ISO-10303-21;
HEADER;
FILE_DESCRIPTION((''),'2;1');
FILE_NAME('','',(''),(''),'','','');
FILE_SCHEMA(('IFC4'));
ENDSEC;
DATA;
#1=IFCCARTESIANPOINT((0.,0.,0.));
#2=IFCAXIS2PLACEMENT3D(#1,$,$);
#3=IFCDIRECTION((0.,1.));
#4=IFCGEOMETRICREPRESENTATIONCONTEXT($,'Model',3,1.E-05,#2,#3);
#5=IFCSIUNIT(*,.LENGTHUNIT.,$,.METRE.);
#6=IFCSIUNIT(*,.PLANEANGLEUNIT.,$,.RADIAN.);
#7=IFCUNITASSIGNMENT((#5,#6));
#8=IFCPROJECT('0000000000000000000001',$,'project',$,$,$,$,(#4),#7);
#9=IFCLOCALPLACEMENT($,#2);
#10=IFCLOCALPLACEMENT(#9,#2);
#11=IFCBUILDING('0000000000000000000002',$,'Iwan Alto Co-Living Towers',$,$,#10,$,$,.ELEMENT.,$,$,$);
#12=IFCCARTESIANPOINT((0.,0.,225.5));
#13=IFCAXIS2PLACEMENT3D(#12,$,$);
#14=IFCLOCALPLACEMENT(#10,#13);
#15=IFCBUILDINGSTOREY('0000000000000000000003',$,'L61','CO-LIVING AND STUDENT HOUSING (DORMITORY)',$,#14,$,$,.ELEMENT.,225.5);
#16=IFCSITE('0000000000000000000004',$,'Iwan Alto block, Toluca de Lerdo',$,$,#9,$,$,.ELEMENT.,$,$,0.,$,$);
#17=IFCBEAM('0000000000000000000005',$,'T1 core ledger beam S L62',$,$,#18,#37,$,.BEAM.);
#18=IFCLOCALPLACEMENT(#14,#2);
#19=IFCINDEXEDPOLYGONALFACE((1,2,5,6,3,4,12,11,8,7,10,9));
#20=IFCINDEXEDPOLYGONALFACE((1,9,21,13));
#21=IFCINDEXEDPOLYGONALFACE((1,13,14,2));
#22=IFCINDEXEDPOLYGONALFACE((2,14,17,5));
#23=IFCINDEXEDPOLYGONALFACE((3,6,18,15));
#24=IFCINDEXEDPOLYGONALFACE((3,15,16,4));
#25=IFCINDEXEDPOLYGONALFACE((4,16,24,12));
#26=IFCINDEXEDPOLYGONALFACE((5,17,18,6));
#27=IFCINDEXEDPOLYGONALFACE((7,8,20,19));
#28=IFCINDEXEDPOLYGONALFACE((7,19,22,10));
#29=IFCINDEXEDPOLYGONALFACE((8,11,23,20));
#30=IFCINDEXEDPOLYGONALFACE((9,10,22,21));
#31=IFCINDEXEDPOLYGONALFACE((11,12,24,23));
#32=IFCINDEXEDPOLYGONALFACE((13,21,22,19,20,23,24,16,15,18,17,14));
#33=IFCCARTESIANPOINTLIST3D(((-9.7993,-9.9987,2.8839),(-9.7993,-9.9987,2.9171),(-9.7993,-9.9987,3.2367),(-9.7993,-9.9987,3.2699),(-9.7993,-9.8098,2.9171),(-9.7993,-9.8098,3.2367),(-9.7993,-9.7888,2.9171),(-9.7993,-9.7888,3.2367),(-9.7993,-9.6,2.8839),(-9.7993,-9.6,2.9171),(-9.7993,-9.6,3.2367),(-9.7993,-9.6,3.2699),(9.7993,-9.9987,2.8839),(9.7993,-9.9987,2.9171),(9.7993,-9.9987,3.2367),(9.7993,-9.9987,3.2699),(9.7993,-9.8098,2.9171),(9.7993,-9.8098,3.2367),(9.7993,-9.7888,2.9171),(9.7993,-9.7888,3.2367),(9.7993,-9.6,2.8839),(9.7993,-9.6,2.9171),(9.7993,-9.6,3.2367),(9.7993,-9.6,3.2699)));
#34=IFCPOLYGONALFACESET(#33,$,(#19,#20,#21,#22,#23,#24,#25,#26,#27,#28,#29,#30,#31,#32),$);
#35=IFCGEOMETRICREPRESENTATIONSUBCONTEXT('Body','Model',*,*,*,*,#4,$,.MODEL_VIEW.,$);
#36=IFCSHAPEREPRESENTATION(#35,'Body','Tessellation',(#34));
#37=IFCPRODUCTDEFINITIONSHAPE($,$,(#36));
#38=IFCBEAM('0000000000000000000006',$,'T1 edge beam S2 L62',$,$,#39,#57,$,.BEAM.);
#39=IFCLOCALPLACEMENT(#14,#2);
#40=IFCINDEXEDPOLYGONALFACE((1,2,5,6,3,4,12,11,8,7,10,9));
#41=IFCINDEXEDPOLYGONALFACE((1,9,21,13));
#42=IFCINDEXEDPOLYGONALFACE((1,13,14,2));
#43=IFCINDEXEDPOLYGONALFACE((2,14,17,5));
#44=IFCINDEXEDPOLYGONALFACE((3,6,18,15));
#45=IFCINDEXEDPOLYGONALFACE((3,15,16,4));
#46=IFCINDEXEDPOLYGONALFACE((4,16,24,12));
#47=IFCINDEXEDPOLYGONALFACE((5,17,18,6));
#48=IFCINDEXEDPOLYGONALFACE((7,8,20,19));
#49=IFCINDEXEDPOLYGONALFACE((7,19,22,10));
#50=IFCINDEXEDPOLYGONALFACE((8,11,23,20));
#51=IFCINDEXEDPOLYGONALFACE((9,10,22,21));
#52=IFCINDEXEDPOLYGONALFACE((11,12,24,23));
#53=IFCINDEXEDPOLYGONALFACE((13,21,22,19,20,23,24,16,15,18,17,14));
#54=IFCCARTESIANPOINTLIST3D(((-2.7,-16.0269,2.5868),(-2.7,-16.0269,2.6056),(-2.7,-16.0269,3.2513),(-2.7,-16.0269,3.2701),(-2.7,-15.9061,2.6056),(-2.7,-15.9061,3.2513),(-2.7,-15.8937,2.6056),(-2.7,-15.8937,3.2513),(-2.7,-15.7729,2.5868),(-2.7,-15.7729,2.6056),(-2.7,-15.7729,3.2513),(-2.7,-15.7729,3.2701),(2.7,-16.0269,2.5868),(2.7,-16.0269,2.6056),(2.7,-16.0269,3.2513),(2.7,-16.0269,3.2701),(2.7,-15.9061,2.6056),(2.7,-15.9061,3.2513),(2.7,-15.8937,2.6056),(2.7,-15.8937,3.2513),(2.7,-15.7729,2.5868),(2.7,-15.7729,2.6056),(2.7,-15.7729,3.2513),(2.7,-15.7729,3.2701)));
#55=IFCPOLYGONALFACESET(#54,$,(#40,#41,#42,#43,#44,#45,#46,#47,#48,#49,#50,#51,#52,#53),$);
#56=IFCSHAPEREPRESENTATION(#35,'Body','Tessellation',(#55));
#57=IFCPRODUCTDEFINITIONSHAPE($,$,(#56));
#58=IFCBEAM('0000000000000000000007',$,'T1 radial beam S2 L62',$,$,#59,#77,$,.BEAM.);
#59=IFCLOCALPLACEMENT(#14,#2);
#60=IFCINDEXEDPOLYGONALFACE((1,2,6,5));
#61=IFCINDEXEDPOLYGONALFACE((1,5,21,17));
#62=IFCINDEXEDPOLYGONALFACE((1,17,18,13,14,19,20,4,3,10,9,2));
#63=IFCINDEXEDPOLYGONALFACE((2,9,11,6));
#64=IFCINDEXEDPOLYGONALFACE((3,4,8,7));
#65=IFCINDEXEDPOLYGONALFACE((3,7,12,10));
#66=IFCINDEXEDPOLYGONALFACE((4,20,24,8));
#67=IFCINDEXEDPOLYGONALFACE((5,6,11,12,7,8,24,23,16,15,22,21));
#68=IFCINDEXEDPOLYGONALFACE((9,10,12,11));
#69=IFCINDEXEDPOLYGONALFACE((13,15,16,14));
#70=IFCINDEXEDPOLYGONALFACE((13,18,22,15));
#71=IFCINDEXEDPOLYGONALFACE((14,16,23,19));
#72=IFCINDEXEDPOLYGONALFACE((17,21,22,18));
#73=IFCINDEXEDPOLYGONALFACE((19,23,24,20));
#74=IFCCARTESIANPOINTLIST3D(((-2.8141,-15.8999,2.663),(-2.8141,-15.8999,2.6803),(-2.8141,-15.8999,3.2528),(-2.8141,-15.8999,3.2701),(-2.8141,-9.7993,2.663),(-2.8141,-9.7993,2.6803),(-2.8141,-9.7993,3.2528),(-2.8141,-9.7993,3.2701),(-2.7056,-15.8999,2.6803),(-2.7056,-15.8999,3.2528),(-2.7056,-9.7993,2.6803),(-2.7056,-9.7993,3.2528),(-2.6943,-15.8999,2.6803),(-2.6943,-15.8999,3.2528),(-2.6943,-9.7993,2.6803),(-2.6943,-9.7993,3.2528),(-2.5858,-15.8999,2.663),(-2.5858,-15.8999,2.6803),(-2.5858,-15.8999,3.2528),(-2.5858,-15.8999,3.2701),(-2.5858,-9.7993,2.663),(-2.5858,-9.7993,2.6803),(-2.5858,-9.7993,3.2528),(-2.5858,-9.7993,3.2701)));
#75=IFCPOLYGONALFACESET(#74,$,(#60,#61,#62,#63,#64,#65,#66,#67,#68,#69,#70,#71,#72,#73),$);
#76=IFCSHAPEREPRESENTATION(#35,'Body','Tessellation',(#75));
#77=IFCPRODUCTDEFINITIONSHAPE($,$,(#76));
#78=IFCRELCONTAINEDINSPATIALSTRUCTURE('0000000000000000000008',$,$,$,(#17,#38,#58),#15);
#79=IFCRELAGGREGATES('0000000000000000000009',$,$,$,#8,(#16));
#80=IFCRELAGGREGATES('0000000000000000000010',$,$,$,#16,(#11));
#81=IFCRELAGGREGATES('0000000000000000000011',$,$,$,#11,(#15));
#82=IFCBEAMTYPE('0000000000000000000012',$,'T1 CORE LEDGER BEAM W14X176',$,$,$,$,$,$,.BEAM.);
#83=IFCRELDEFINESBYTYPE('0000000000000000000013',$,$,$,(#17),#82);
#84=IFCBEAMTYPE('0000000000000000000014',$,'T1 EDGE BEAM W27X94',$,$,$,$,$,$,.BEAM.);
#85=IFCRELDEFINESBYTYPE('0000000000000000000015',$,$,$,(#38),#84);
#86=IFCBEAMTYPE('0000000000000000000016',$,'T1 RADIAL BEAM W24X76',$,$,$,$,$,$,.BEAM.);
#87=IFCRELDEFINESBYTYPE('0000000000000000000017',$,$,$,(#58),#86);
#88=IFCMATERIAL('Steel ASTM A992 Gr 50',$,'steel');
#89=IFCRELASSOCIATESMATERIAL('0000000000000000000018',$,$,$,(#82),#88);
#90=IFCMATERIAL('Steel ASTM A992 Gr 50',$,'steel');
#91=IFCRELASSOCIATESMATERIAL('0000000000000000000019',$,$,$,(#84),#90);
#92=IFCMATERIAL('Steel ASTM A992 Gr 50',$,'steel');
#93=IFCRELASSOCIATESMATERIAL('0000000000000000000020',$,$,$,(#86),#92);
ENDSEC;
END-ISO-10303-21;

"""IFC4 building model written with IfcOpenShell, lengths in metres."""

from ifc_helpers import new_model, si_unit, direction, frame, origin, origin_2d, place, context, subcontext, project, spatial, i_section, extrude, material, material_profile, profile_set, type_object, element, save


model = new_model("IFC4")

# Units and contexts
model_context = context("Model", 3, precision=1e-05, world=origin(), true_north=direction((0.0, 1.0)))
body_context = subcontext(model_context, "Body", "Model", "MODEL_VIEW")
ifc_project = project(units=[si_unit("LENGTHUNIT", "METRE"), si_unit("PLANEANGLEUNIT", "RADIAN")], contexts=[model_context])

# Site, building, storey
site_placement = place(None, origin())
site = spatial("IfcSite", under=ifc_project, at=site_placement, Name="Iwan Alto block, Toluca de Lerdo", CompositionType="ELEMENT", RefElevation=0.0)
building_placement = place(site_placement, origin())
building = spatial("IfcBuilding", under=site, at=building_placement, Name="Iwan Alto Co-Living Towers", CompositionType="ELEMENT")
storey_placement = place(building_placement, frame((0.0, 0.0, 225.5)))
storey = spatial("IfcBuildingStorey", under=building, at=storey_placement, Name="L61", Description="CO-LIVING AND STUDENT HOUSING (DORMITORY)", CompositionType="ELEMENT", Elevation=225.5)

# Beams
ifc_material_1 = material(Name="Steel ASTM A992 Gr 50", Category="steel")
ifc_material_profile_1 = material_profile(ifc_material_1, i_section(OverallWidth=0.3987, OverallDepth=0.386, WebThickness=0.021, FlangeThickness=0.0332, at=origin_2d()), Name="W14X176")
ifc_profile_set_1 = profile_set([ifc_material_profile_1], Name="Steel ASTM A992 Gr 50")
beam_type_1 = type_object("IfcBeamType", Name="T1 CORE LEDGER BEAM W14X176", PredefinedType="BEAM", material=ifc_profile_set_1)
beam_1_placement = place(storey_placement, frame((-9.7993, -9.7993, 3.0769), z_axis=(1.0, 0.0, 0.0), x_axis=(0.0, 1.0, 0.0)))
element("IfcBeam", 1, at=beam_1_placement, inside=storey, type_object=beam_type_1, Name="T1 core ledger beam S L62", PredefinedType="BEAM", context=body_context, shape_type="SweptSolid", body=[
    extrude(i_section(OverallWidth=0.3987, OverallDepth=0.386, WebThickness=0.021, FlangeThickness=0.0332, at=origin_2d()), origin(), (0.0, 0.0, 1.0), 19.5986),
])
ifc_material_2 = material(Name="Steel ASTM A992 Gr 50", Category="steel")
ifc_material_profile_2 = material_profile(ifc_material_2, i_section(OverallWidth=0.2539, OverallDepth=0.6833, WebThickness=0.0125, FlangeThickness=0.0188, at=origin_2d()), Name="W27X94")
ifc_profile_set_2 = profile_set([ifc_material_profile_2], Name="Steel ASTM A992 Gr 50")
beam_type_2 = type_object("IfcBeamType", Name="T1 EDGE BEAM W27X94", PredefinedType="BEAM", material=ifc_profile_set_2)
beam_2_placement = place(storey_placement, frame((-2.7, -15.8999, 2.9285), z_axis=(1.0, 0.0, 0.0), x_axis=(0.0, 1.0, 0.0)))
element("IfcBeam", 2, at=beam_2_placement, inside=storey, type_object=beam_type_2, Name="T1 edge beam S2 L62", PredefinedType="BEAM", context=body_context, shape_type="SweptSolid", body=[
    extrude(i_section(OverallWidth=0.2539, OverallDepth=0.6833, WebThickness=0.0125, FlangeThickness=0.0188, at=origin_2d()), origin(), (0.0, 0.0, 1.0), 5.3999),
])
ifc_material_3 = material(Name="Steel ASTM A992 Gr 50", Category="steel")
ifc_material_profile_3 = material_profile(ifc_material_3, i_section(OverallWidth=0.2283, OverallDepth=0.6072, WebThickness=0.0112, FlangeThickness=0.0173, at=origin_2d()), Name="W24X76")
ifc_profile_set_3 = profile_set([ifc_material_profile_3], Name="Steel ASTM A992 Gr 50")
beam_type_3 = type_object("IfcBeamType", Name="T1 RADIAL BEAM W24X76", PredefinedType="BEAM", material=ifc_profile_set_3)
beam_3_placement = place(storey_placement, frame((-2.7, -15.8999, 2.9666), z_axis=(0.0, 1.0, 0.0), x_axis=(-1.0, 0.0, 0.0)))
element("IfcBeam", 3, at=beam_3_placement, inside=storey, type_object=beam_type_3, Name="T1 radial beam S2 L62", PredefinedType="BEAM", context=body_context, shape_type="SweptSolid", body=[
    extrude(i_section(OverallWidth=0.2283, OverallDepth=0.6072, WebThickness=0.0112, FlangeThickness=0.0173, at=origin_2d()), origin(), (0.0, 0.0, 1.0), 6.1006),
])

save(model, "model.ifc")
